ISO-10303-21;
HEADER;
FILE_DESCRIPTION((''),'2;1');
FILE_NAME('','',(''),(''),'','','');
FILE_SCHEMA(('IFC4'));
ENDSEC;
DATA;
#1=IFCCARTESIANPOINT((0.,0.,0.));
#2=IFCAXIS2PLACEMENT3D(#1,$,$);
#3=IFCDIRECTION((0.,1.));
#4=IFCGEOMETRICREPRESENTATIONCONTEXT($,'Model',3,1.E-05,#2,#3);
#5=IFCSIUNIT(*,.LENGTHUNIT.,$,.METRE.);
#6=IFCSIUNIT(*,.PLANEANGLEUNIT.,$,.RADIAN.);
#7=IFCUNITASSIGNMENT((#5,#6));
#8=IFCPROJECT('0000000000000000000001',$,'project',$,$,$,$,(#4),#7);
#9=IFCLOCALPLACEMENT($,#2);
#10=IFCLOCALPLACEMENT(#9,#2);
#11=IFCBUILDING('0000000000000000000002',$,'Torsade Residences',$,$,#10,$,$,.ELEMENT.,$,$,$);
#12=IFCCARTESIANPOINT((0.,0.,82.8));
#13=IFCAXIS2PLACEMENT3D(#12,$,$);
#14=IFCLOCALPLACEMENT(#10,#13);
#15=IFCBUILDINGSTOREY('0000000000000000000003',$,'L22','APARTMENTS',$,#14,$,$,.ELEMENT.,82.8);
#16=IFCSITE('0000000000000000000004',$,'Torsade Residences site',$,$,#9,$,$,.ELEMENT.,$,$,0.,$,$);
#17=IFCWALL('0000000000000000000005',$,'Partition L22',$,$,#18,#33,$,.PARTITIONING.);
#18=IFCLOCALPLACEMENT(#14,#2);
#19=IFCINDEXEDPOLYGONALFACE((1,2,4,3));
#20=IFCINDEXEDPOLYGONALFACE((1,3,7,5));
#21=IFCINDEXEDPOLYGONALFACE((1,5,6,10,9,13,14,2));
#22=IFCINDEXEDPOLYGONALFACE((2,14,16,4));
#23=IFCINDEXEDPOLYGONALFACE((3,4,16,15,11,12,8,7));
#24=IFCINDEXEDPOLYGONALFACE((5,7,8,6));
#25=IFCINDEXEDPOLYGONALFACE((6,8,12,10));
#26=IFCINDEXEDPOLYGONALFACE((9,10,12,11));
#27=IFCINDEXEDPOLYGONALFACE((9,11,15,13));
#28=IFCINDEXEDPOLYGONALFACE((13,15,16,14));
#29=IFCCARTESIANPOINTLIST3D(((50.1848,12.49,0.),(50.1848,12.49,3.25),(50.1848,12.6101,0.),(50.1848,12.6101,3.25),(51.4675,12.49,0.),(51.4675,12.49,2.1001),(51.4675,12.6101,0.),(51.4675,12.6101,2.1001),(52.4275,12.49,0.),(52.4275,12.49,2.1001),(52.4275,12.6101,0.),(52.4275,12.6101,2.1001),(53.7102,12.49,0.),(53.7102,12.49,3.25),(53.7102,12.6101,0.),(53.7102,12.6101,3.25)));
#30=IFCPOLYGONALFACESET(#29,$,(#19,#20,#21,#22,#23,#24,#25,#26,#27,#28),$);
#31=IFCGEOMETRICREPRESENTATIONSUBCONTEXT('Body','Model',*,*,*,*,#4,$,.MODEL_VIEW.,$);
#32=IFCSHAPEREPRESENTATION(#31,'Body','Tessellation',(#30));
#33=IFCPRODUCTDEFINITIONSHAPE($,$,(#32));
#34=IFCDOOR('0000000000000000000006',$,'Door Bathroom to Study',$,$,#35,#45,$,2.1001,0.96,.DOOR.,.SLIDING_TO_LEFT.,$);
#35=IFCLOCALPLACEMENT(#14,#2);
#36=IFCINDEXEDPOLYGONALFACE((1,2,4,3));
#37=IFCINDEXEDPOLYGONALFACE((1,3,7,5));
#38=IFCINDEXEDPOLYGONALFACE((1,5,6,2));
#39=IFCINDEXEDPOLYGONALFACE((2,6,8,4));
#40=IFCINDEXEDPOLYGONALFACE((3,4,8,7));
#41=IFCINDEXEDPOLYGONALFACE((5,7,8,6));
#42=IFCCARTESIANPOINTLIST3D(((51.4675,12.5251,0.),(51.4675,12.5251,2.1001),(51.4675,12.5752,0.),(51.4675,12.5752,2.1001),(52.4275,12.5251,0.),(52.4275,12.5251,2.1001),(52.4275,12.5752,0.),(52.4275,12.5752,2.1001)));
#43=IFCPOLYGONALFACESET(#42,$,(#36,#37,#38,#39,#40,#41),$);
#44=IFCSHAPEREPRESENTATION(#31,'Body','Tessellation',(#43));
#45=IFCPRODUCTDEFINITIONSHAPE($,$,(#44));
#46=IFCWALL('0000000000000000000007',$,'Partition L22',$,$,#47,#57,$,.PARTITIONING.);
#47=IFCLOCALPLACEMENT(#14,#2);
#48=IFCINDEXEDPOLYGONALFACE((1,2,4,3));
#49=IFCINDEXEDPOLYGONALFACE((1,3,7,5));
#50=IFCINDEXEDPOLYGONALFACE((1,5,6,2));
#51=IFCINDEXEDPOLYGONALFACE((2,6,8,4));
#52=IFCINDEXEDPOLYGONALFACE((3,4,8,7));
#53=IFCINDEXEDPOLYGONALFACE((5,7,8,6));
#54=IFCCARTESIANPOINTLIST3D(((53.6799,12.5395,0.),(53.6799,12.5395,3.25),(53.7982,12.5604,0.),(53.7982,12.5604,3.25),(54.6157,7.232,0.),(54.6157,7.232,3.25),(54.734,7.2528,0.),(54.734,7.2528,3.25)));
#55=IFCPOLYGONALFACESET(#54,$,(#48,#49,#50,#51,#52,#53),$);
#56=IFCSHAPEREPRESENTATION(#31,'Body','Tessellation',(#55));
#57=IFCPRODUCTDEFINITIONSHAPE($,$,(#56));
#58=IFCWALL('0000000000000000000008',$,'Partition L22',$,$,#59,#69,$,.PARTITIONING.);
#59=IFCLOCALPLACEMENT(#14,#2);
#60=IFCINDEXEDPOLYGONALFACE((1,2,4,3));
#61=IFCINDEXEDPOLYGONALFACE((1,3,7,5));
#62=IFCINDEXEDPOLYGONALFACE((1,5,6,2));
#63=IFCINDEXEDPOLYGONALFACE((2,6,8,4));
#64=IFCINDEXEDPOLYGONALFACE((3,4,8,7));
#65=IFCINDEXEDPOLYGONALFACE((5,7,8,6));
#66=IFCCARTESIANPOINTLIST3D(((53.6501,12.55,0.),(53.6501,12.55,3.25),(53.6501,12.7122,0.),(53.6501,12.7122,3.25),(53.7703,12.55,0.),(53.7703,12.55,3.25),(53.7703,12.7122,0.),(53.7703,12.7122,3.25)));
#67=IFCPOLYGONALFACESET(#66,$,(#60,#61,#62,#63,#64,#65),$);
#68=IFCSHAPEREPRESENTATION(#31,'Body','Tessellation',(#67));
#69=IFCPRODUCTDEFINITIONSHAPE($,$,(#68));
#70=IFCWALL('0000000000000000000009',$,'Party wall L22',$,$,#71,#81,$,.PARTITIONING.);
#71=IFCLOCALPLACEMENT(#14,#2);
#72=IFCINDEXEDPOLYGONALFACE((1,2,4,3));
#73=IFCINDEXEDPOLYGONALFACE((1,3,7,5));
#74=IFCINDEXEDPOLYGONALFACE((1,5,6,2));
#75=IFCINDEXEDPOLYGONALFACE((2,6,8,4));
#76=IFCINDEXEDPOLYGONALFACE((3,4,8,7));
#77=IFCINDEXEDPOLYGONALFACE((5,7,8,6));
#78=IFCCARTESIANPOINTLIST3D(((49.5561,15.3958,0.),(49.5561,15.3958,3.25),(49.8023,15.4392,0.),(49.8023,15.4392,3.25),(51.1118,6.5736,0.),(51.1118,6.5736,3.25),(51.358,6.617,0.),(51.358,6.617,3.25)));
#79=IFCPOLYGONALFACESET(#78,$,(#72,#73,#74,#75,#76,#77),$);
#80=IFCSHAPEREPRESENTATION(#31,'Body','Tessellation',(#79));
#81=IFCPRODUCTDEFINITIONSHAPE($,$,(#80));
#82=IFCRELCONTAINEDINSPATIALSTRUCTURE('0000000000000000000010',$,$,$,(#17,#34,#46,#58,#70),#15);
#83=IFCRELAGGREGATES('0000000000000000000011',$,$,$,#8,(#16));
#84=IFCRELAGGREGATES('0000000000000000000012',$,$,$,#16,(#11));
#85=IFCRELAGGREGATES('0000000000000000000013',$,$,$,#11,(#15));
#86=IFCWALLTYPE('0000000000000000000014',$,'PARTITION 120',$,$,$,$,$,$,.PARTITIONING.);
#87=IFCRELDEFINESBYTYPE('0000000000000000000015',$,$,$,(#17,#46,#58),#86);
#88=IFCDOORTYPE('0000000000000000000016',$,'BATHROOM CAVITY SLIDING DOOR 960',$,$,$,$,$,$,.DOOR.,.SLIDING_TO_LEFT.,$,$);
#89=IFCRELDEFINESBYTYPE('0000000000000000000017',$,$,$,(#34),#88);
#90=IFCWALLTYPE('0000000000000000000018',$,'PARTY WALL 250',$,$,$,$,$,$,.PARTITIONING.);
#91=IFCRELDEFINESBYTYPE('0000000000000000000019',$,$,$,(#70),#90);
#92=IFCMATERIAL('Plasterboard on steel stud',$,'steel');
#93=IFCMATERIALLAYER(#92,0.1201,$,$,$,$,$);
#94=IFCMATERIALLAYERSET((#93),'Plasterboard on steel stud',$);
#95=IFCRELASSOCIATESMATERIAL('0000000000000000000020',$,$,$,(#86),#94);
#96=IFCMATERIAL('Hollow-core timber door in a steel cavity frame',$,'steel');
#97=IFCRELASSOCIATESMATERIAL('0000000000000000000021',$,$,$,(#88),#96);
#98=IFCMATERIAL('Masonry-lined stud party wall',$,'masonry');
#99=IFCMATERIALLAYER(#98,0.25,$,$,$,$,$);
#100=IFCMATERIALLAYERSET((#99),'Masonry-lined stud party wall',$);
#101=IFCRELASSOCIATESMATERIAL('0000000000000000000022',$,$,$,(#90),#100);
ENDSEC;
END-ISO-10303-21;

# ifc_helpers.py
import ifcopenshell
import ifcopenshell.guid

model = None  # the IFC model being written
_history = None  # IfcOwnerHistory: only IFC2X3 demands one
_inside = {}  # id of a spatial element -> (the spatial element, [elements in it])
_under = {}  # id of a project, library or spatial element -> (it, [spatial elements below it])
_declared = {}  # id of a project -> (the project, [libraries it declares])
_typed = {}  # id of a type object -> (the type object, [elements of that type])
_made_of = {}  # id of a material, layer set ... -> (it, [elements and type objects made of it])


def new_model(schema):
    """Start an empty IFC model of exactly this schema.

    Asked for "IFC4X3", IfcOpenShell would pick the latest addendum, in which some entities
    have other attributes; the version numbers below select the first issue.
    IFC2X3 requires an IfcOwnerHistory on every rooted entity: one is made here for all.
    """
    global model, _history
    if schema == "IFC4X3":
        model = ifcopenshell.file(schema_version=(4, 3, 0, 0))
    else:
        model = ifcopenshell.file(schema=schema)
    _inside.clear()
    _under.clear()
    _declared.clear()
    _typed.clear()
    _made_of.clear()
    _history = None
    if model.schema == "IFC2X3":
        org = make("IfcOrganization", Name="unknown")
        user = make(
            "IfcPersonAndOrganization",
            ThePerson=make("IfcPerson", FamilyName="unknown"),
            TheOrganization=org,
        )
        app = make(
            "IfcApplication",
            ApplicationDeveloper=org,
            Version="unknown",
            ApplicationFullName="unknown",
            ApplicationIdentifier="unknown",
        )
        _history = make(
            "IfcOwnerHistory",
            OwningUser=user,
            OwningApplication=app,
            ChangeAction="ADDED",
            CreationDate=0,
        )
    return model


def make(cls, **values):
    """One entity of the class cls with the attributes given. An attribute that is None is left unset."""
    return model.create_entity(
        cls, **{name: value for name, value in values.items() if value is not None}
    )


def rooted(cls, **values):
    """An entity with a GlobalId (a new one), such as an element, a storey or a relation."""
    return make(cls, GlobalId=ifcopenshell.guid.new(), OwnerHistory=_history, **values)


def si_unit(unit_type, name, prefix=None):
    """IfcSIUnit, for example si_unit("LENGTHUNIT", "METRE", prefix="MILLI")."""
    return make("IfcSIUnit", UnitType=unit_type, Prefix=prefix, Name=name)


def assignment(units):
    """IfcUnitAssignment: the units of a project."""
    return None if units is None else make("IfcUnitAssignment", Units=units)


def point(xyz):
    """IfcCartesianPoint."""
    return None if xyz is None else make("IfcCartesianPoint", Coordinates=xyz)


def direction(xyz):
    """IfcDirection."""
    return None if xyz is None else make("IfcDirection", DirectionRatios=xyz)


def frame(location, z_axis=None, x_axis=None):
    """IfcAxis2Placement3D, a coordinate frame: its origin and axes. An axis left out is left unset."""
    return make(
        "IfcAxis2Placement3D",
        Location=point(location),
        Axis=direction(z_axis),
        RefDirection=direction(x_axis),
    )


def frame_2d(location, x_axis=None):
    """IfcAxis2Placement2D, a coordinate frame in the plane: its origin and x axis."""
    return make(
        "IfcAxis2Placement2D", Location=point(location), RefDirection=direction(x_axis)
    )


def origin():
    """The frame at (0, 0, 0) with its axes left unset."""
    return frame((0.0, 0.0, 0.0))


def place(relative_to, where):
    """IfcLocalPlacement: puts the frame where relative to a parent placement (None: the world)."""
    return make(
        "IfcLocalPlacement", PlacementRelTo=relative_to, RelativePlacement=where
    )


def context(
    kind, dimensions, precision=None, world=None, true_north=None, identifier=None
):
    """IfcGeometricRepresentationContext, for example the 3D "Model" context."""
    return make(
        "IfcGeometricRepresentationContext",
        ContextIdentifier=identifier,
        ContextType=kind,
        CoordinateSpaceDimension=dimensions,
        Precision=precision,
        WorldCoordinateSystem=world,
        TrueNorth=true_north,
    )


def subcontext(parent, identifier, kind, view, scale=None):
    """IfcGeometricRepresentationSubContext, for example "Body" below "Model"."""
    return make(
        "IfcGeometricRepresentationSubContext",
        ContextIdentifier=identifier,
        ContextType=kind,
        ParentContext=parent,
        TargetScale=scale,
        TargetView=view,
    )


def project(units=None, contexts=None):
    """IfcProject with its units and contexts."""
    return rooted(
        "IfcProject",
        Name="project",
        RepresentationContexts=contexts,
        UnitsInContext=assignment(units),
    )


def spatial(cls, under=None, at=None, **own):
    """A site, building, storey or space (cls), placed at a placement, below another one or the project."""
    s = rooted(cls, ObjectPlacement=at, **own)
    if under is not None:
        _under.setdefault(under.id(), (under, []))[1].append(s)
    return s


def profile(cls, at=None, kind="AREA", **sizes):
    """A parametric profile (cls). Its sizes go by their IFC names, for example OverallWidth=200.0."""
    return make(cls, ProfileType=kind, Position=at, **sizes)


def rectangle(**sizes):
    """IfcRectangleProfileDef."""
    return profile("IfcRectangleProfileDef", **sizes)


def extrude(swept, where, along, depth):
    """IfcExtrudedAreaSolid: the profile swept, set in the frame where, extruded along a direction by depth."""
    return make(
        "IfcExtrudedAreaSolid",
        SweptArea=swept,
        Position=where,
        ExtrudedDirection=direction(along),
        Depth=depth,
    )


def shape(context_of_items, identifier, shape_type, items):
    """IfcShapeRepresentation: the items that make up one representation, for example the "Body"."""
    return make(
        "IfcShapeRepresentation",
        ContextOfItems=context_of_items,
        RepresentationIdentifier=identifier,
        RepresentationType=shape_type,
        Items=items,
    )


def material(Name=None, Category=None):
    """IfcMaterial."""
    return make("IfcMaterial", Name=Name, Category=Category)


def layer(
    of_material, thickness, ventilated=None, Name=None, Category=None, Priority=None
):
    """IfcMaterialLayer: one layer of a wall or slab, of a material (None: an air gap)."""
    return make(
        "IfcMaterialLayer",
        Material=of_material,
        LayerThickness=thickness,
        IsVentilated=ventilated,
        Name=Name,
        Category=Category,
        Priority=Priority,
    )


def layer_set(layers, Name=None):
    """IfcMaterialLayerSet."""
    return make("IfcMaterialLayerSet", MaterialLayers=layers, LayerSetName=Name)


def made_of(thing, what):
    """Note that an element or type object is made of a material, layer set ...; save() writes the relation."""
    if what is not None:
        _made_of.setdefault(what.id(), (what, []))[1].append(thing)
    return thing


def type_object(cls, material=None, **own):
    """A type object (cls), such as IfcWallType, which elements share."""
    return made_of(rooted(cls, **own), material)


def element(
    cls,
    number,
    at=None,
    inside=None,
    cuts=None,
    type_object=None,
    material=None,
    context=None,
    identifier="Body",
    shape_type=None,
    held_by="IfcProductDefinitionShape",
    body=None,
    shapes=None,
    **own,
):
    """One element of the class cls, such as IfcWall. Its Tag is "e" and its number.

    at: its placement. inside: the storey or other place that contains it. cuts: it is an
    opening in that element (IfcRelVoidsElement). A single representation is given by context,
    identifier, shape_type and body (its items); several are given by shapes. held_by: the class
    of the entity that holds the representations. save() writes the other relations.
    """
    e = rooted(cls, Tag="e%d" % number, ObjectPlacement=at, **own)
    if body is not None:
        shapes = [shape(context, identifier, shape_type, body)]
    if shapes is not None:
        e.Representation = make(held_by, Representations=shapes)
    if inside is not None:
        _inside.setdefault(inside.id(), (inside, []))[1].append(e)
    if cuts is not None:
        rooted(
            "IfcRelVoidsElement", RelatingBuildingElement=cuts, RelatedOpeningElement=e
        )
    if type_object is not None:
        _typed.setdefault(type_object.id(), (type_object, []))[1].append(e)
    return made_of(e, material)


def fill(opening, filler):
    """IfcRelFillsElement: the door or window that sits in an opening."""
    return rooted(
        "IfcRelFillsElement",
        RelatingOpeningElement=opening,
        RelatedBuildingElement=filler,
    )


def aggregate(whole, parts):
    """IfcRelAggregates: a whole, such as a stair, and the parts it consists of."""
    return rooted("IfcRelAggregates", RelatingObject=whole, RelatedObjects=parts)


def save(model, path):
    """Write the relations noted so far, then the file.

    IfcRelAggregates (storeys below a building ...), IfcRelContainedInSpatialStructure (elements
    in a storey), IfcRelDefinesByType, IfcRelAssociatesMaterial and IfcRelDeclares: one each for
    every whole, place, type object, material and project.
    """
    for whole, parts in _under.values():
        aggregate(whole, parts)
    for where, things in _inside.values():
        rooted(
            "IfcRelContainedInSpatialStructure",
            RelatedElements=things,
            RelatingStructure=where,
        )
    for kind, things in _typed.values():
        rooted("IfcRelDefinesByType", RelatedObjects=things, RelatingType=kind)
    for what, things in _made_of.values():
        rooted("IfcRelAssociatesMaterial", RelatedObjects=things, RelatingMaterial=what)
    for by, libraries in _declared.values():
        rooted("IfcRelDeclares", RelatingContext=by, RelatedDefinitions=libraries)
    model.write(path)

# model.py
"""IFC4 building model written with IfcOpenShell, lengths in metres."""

from ifc_helpers import new_model, si_unit, direction, frame, frame_2d, origin, place, context, subcontext, project, spatial, rectangle, extrude, material, layer, layer_set, type_object, element, fill, save


model = new_model("IFC4")

# Units and contexts
model_context = context("Model", 3, precision=1e-05, world=origin(), true_north=direction((0.0, 1.0)))
body_context = subcontext(model_context, "Body", "Model", "MODEL_VIEW")
ifc_project = project(units=[si_unit("LENGTHUNIT", "METRE"), si_unit("PLANEANGLEUNIT", "RADIAN")], contexts=[model_context])

# Site, building, storey
site_placement = place(None, origin())
site = spatial("IfcSite", under=ifc_project, at=site_placement, Name="Torsade Residences site", CompositionType="ELEMENT", RefElevation=0.0)
building_placement = place(site_placement, origin())
building = spatial("IfcBuilding", under=site, at=building_placement, Name="Torsade Residences", CompositionType="ELEMENT")
storey_placement = place(building_placement, frame((0.0, 0.0, 82.8)))
storey = spatial("IfcBuildingStorey", under=building, at=storey_placement, Name="L22", Description="APARTMENTS", CompositionType="ELEMENT", Elevation=82.8)

# Shared definitions
ifc_material_1 = material(Name="Plasterboard on steel stud", Category="steel")
ifc_layer_1 = layer(ifc_material_1, 0.1201)
ifc_layer_set_1 = layer_set([ifc_layer_1], Name="Plasterboard on steel stud")
wall_type_1 = type_object("IfcWallType", Name="PARTITION 120", PredefinedType="PARTITIONING", material=ifc_layer_set_1)

# Wall, opening, door
ifc_material_2 = material(Name="Hollow-core timber door in a steel cavity frame", Category="steel")
door_type_1 = type_object("IfcDoorType", Name="BATHROOM CAVITY SLIDING DOOR 960", OperationType="SLIDING_TO_LEFT", PredefinedType="DOOR", material=ifc_material_2)
wall_1_placement = place(storey_placement, frame((53.7102, 12.55, 0.0), z_axis=(0.0, 0.0, 1.0), x_axis=(-1.0, 0.0, 0.0)))
wall_1 = element("IfcWall", 1, at=wall_1_placement, inside=storey, type_object=wall_type_1, Name="Partition L22", PredefinedType="PARTITIONING", context=body_context, shape_type="SweptSolid", body=[
    extrude(rectangle(XDim=3.5254, YDim=0.1201, at=frame_2d((1.7627, 0.0))), origin(), (0.0, 0.0, 1.0), 3.25),
])
opening_1_placement = place(wall_1_placement, frame((1.2827, 0.0, 0.0)))
opening_1 = element("IfcOpeningElement", 2, at=opening_1_placement, cuts=wall_1, PredefinedType="OPENING", context=body_context, shape_type="SweptSolid", body=[
    extrude(rectangle(XDim=0.96, YDim=2.1001, at=frame_2d((0.48, 1.05))), frame((0.0, 0.0701, 0.0), z_axis=(0.0, -1.0, 0.0), x_axis=(1.0, 0.0, 0.0)), (0.0, 0.0, 1.0), 0.1401),
])
door_1_placement = place(opening_1_placement, origin())
door_1 = element("IfcDoor", 3, at=door_1_placement, inside=storey, type_object=door_type_1, Name="Door Bathroom to Study", OperationType="SLIDING_TO_LEFT", OverallHeight=2.1001, OverallWidth=0.96, PredefinedType="DOOR", context=body_context, shape_type="SweptSolid", body=[
    extrude(rectangle(XDim=0.96, YDim=2.1001, at=frame_2d((0.48, 1.05))), frame((0.0, 0.0249, 0.0), z_axis=(0.0, -1.0, 0.0), x_axis=(1.0, 0.0, 0.0)), (0.0, 0.0, 1.0), 0.05),
])
fill(opening_1, door_1)

# Walls
wall_2_placement = place(storey_placement, frame((53.739, 12.55, 0.0), z_axis=(0.0, 0.0, 1.0), x_axis=(0.173633, -0.98481, 0.0)))
element("IfcWall", 4, at=wall_2_placement, inside=storey, type_object=wall_type_1, Name="Partition L22", PredefinedType="PARTITIONING", context=body_context, shape_type="SweptSolid", body=[
    extrude(rectangle(XDim=5.3894, YDim=0.1201, at=frame_2d((2.6948, 0.0))), origin(), (0.0, 0.0, 1.0), 3.25),
])
wall_3_placement = place(storey_placement, frame((53.7102, 12.7122, 0.0), z_axis=(0.0, 0.0, 1.0), x_axis=(0.0, -1.0, 0.0)))
element("IfcWall", 5, at=wall_3_placement, inside=storey, type_object=wall_type_1, Name="Partition L22", PredefinedType="PARTITIONING", context=body_context, shape_type="SweptSolid", body=[
    extrude(rectangle(XDim=0.1621, YDim=0.1201, at=frame_2d((0.0811, 0.0))), origin(), (0.0, 0.0, 1.0), 3.25),
])
ifc_material_3 = material(Name="Masonry-lined stud party wall", Category="masonry")
ifc_layer_2 = layer(ifc_material_3, 0.25)
ifc_layer_set_2 = layer_set([ifc_layer_2], Name="Masonry-lined stud party wall")
wall_type_2 = type_object("IfcWallType", Name="PARTY WALL 250", PredefinedType="PARTITIONING", material=ifc_layer_set_2)
wall_4_placement = place(storey_placement, frame((51.2349, 6.5955, 0.0), z_axis=(0.0, 0.0, 1.0), x_axis=(-0.173655, 0.984807, 0.0)))
element("IfcWall", 6, at=wall_4_placement, inside=storey, type_object=wall_type_2, Name="Party wall L22", PredefinedType="PARTITIONING", context=body_context, shape_type="SweptSolid", body=[
    extrude(rectangle(XDim=8.9583, YDim=0.25, at=frame_2d((4.479, 0.0))), origin(), (0.0, 0.0, 1.0), 3.25),
])

save(model, "model.ifc")
